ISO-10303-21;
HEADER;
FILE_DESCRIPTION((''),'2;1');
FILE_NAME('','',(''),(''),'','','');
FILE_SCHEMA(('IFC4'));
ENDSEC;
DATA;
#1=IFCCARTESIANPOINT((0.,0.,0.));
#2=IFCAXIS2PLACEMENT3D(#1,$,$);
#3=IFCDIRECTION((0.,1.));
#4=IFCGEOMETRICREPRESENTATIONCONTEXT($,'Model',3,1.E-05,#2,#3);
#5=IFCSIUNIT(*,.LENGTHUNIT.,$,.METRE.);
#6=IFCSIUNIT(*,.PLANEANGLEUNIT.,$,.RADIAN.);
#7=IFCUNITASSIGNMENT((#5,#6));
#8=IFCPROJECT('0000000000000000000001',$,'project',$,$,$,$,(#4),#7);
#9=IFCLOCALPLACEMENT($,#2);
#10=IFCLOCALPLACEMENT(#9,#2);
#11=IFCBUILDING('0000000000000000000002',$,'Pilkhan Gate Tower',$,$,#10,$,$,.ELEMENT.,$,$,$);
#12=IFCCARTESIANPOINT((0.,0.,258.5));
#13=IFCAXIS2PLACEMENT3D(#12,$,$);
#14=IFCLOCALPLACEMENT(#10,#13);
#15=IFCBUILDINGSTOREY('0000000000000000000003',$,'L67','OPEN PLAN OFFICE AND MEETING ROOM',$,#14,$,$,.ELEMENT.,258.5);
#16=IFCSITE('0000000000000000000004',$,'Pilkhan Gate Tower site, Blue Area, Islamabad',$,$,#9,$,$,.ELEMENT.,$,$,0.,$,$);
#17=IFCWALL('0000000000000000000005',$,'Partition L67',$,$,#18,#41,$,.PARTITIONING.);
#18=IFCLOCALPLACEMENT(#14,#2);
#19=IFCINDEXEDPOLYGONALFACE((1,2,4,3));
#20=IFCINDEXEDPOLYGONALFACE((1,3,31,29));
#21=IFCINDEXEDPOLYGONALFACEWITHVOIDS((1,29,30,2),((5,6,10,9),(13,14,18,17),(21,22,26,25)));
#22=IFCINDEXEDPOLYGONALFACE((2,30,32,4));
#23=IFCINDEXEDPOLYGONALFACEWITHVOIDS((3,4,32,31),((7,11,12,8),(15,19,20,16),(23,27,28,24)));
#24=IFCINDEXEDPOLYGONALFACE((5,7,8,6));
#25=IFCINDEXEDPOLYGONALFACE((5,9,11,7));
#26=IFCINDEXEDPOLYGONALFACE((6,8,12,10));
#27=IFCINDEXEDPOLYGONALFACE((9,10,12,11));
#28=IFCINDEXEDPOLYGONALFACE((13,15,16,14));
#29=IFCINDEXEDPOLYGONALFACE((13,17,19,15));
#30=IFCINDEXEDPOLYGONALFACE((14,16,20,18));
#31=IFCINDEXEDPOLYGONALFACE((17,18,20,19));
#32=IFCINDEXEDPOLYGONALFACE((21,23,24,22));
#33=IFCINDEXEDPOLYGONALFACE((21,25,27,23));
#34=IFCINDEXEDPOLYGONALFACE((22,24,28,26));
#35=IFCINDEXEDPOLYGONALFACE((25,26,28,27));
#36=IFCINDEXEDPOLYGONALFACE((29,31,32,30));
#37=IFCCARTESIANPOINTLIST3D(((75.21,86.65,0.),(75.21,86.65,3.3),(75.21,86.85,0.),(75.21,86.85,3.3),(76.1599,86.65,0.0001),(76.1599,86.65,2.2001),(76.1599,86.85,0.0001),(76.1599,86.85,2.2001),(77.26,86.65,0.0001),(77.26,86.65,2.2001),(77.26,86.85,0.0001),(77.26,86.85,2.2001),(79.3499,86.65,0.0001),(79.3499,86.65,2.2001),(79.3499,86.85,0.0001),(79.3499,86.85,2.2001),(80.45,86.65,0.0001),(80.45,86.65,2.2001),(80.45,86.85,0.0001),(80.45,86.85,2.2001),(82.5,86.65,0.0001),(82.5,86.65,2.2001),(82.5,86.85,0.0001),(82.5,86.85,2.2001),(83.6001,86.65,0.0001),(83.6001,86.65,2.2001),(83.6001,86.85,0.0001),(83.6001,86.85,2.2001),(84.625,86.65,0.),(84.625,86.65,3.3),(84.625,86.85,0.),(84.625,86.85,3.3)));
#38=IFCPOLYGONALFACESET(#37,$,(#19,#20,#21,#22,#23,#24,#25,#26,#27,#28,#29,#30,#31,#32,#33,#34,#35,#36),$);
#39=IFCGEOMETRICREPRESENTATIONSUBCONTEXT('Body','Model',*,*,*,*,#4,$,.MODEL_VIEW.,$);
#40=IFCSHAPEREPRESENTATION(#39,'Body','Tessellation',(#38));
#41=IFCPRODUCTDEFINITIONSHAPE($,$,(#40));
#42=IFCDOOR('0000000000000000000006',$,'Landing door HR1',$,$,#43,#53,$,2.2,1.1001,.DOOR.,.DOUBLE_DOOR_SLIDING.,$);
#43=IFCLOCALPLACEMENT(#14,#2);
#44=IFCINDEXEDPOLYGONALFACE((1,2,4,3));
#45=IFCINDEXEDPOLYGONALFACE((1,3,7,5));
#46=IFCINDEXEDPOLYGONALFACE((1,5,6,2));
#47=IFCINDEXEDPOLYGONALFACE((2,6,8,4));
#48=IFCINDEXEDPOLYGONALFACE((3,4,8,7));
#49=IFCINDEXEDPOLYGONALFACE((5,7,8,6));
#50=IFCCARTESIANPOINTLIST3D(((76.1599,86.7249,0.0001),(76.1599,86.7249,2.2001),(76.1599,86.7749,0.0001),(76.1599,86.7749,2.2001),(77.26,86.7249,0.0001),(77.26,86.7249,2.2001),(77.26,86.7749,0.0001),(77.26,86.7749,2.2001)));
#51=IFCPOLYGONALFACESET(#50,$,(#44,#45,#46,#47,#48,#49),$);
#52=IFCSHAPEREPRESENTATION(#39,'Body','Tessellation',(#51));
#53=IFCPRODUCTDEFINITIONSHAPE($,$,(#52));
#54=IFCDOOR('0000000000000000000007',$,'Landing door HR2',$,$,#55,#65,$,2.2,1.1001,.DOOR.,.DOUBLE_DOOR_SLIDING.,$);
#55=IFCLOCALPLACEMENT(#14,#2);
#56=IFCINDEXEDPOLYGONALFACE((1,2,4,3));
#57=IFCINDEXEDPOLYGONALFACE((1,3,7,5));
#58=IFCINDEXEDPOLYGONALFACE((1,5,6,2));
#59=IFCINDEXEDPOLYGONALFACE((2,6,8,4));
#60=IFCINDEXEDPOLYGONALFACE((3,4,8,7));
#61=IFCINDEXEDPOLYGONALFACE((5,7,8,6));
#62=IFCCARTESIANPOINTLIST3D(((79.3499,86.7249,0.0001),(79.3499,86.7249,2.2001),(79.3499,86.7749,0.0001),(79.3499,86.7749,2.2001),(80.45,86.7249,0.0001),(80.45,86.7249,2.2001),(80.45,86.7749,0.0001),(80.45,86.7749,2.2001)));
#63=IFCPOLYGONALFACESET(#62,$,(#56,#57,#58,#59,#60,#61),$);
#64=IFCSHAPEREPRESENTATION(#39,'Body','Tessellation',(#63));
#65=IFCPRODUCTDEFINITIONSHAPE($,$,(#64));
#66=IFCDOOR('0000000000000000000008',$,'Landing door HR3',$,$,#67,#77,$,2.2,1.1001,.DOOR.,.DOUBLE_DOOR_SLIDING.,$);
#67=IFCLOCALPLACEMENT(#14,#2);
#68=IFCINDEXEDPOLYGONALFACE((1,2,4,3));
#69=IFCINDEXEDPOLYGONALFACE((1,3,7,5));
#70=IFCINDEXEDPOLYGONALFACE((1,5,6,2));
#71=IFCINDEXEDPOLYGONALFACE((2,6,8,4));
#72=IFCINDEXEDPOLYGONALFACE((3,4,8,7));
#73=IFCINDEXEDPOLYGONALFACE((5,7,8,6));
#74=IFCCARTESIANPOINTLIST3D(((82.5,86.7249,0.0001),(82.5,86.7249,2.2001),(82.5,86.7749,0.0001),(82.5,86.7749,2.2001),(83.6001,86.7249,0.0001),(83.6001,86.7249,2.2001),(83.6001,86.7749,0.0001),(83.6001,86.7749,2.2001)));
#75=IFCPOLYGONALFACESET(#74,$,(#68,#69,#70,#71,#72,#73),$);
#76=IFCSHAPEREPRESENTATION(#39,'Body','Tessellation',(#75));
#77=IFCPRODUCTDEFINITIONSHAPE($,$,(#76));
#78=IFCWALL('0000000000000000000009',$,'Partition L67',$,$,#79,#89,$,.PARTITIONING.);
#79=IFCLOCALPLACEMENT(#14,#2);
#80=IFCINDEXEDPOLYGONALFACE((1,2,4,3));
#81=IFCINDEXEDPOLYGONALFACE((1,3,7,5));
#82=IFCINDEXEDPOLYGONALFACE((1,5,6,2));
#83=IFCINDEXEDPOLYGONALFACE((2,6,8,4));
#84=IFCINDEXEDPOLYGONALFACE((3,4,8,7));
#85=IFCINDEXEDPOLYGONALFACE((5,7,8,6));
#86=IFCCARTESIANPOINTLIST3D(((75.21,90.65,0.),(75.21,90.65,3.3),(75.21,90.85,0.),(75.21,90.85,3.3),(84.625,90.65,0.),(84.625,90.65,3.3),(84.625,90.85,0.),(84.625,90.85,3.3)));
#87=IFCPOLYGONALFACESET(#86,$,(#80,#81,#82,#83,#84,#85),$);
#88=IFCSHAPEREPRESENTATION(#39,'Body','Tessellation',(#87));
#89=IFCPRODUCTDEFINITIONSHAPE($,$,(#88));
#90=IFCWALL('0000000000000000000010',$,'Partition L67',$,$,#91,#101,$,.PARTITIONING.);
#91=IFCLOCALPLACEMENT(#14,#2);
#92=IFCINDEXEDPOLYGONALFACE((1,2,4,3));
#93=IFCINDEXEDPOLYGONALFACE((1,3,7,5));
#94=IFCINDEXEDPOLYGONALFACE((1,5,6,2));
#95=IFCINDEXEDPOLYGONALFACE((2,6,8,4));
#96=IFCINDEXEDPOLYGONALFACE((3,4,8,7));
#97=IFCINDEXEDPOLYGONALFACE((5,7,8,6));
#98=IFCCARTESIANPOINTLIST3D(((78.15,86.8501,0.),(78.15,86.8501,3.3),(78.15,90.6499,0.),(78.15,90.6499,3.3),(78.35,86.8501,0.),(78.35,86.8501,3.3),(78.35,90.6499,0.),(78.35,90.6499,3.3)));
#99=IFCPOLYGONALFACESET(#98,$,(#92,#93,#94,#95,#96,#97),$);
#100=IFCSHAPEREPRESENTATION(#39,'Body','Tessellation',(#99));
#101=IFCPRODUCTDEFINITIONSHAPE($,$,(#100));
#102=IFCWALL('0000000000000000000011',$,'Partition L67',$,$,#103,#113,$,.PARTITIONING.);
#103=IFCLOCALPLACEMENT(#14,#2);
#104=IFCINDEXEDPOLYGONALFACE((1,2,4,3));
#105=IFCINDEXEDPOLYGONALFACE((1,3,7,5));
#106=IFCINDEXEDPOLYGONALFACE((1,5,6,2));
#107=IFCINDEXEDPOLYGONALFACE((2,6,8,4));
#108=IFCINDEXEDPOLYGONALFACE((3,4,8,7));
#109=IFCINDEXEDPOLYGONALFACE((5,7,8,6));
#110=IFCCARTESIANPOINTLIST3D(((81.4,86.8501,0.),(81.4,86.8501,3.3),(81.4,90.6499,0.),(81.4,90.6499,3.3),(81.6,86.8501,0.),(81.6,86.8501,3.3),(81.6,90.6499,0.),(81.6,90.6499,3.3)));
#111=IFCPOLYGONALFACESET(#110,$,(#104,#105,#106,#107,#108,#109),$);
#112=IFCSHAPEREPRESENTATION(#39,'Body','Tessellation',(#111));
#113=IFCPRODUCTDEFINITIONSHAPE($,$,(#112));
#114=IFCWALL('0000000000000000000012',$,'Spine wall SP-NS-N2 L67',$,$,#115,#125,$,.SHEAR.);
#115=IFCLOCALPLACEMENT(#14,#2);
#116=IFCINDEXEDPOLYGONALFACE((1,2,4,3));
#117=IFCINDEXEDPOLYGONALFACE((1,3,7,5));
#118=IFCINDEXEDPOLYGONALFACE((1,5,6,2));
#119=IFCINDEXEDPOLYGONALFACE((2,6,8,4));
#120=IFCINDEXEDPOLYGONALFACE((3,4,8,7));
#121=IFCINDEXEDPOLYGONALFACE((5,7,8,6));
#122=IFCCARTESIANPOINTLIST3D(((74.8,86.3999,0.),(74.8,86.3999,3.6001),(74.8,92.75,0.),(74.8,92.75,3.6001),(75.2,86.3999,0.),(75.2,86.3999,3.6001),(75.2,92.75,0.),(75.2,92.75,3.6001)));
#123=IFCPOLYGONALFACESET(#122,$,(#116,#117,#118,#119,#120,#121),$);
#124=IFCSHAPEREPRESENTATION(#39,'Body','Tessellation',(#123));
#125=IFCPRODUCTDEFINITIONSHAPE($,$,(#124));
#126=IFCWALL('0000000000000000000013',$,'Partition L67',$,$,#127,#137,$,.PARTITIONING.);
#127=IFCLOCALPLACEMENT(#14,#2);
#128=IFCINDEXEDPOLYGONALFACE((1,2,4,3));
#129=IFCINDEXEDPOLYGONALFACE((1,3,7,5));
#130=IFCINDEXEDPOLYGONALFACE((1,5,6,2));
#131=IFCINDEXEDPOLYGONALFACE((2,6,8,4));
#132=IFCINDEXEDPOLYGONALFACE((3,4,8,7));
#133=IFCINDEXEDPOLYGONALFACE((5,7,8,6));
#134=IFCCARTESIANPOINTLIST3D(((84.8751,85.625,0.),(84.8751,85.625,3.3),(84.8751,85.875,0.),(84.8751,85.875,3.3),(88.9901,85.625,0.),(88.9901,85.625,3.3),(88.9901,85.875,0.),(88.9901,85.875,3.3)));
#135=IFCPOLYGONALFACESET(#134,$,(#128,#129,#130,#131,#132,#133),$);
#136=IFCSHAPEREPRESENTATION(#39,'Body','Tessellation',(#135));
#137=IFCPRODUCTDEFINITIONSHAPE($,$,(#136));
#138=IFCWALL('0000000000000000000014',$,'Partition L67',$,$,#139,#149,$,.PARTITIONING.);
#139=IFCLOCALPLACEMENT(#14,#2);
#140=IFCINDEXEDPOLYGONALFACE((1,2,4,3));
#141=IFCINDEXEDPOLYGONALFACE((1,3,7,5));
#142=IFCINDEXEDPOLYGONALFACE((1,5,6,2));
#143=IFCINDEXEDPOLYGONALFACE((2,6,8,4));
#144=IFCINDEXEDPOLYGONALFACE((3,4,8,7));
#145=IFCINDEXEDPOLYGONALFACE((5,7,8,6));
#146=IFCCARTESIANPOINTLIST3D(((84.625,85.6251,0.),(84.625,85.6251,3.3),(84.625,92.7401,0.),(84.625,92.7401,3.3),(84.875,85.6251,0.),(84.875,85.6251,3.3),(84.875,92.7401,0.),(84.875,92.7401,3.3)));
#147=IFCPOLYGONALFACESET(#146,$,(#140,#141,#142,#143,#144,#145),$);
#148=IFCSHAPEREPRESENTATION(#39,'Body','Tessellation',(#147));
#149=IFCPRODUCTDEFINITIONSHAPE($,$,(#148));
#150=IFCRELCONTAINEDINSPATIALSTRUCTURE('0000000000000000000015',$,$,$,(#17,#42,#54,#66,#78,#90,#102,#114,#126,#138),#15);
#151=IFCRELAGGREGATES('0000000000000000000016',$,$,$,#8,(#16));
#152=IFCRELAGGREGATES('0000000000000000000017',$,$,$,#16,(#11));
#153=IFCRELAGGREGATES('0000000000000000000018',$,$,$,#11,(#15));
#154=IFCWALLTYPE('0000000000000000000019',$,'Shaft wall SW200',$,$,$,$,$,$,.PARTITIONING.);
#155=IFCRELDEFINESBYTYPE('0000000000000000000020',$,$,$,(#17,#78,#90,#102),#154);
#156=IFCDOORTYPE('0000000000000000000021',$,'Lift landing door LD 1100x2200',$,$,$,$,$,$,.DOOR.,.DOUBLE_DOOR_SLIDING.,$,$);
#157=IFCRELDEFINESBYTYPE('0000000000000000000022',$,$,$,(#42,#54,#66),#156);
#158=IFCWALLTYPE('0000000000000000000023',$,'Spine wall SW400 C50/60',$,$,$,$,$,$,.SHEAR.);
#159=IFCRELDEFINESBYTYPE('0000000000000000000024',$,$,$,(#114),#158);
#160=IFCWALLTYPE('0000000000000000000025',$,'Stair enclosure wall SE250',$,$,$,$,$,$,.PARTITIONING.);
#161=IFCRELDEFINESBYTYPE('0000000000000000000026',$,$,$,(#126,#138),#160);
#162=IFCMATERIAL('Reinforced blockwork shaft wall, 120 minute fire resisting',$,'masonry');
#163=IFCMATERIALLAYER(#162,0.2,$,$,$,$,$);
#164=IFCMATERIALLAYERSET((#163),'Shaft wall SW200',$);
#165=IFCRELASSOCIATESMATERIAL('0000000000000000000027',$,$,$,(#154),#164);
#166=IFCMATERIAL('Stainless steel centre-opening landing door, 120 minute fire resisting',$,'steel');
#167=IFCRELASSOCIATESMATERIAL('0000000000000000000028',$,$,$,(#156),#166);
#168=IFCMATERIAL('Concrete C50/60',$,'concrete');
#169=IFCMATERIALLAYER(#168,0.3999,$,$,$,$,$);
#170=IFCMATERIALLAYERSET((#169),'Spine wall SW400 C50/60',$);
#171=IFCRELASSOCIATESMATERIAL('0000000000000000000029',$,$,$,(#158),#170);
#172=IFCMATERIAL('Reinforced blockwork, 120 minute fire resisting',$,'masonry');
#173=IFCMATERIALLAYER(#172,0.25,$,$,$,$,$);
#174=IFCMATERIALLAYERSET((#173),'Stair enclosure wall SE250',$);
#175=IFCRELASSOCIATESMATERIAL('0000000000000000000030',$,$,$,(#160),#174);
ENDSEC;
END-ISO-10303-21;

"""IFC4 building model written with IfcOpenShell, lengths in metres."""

from ifc_helpers import new_model, si_unit, direction, frame, frame_2d, origin, place, context, subcontext, project, spatial, rectangle, extrude, material, layer, layer_set, type_object, element, fill, save


model = new_model("IFC4")

# Units and contexts
model_context = context("Model", 3, precision=1e-05, world=origin(), true_north=direction((0.0, 1.0)))
body_context = subcontext(model_context, "Body", "Model", "MODEL_VIEW")
ifc_project = project(units=[si_unit("LENGTHUNIT", "METRE"), si_unit("PLANEANGLEUNIT", "RADIAN")], contexts=[model_context])

# Site, building, storey
site_placement = place(None, origin())
site = spatial("IfcSite", under=ifc_project, at=site_placement, Name="Pilkhan Gate Tower site, Blue Area, Islamabad", CompositionType="ELEMENT", RefElevation=0.0)
building_placement = place(site_placement, origin())
building = spatial("IfcBuilding", under=site, at=building_placement, Name="Pilkhan Gate Tower", CompositionType="ELEMENT")
storey_placement = place(building_placement, frame((0.0, 0.0, 258.5)))
storey = spatial("IfcBuildingStorey", under=building, at=storey_placement, Name="L67", Description="OPEN PLAN OFFICE AND MEETING ROOM", CompositionType="ELEMENT", Elevation=258.5)

# Shared definitions
ifc_material_1 = material(Name="Concrete C50/60", Category="concrete")

# Wall, openings, doors
ifc_material_2 = material(Name="Reinforced blockwork shaft wall, 120 minute fire resisting", Category="masonry")
ifc_layer_1 = layer(ifc_material_2, 0.2)
ifc_layer_set_1 = layer_set([ifc_layer_1], Name="Shaft wall SW200")
wall_type_1 = type_object("IfcWallType", Name="Shaft wall SW200", PredefinedType="PARTITIONING", material=ifc_layer_set_1)
wall_1_placement = place(storey_placement, frame((75.21, 86.75, 0.0), z_axis=(0.0, 0.0, 1.0), x_axis=(1.0, 0.0, 0.0)))
wall_1 = element("IfcWall", 1, at=wall_1_placement, inside=storey, type_object=wall_type_1, Name="Partition L67", PredefinedType="PARTITIONING", context=body_context, shape_type="SweptSolid", body=[
    extrude(rectangle(XDim=9.415, YDim=0.2, at=frame_2d((4.7075, 0.0))), origin(), (0.0, 0.0, 1.0), 3.3),
])
opening_1_placement = place(wall_1_placement, frame((0.95, 0.0, 0.0)))
opening_1 = element("IfcOpeningElement", 2, at=opening_1_placement, cuts=wall_1, PredefinedType="OPENING", context=body_context, shape_type="SweptSolid", body=[
    extrude(rectangle(XDim=1.1001, YDim=2.2, at=frame_2d((0.55, 1.1001))), frame((0.0, 0.1099, 0.0), z_axis=(0.0, -1.0, 0.0), x_axis=(1.0, 0.0, 0.0)), (0.0, 0.0, 1.0), 0.22),
])
opening_2_placement = place(wall_1_placement, frame((4.1399, 0.0, 0.0)))
opening_2 = element("IfcOpeningElement", 3, at=opening_2_placement, cuts=wall_1, PredefinedType="OPENING", context=body_context, shape_type="SweptSolid", body=[
    extrude(rectangle(XDim=1.1001, YDim=2.2, at=frame_2d((0.55, 1.1001))), frame((0.0, 0.1099, 0.0), z_axis=(0.0, -1.0, 0.0), x_axis=(1.0, 0.0, 0.0)), (0.0, 0.0, 1.0), 0.22),
])
opening_3_placement = place(wall_1_placement, frame((7.29, 0.0, 0.0)))
opening_3 = element("IfcOpeningElement", 4, at=opening_3_placement, cuts=wall_1, PredefinedType="OPENING", context=body_context, shape_type="SweptSolid", body=[
    extrude(rectangle(XDim=1.1001, YDim=2.2, at=frame_2d((0.55, 1.1001))), frame((0.0, 0.1099, 0.0), z_axis=(0.0, -1.0, 0.0), x_axis=(1.0, 0.0, 0.0)), (0.0, 0.0, 1.0), 0.22),
])
ifc_material_3 = material(Name="Stainless steel centre-opening landing door, 120 minute fire resisting", Category="steel")
door_type = type_object("IfcDoorType", Name="Lift landing door LD 1100x2200", OperationType="DOUBLE_DOOR_SLIDING", PredefinedType="DOOR", material=ifc_material_3)
door_1_placement = place(opening_1_placement, origin())
door_1 = element("IfcDoor", 5, at=door_1_placement, inside=storey, type_object=door_type, Name="Landing door HR1", OperationType="DOUBLE_DOOR_SLIDING", OverallHeight=2.2, OverallWidth=1.1001, PredefinedType="DOOR", context=body_context, shape_type="SweptSolid", body=[
    extrude(rectangle(XDim=1.1001, YDim=2.2, at=frame_2d((0.55, 1.1001))), frame((0.0, 0.0249, 0.0), z_axis=(0.0, -1.0, 0.0), x_axis=(1.0, 0.0, 0.0)), (0.0, 0.0, 1.0), 0.05),
])
fill(opening_1, door_1)
door_2_placement = place(opening_2_placement, origin())
door_2 = element("IfcDoor", 6, at=door_2_placement, inside=storey, type_object=door_type, Name="Landing door HR2", OperationType="DOUBLE_DOOR_SLIDING", OverallHeight=2.2, OverallWidth=1.1001, PredefinedType="DOOR", context=body_context, shape_type="SweptSolid", body=[
    extrude(rectangle(XDim=1.1001, YDim=2.2, at=frame_2d((0.55, 1.1001))), frame((0.0, 0.0249, 0.0), z_axis=(0.0, -1.0, 0.0), x_axis=(1.0, 0.0, 0.0)), (0.0, 0.0, 1.0), 0.05),
])
fill(opening_2, door_2)
door_3_placement = place(opening_3_placement, origin())
door_3 = element("IfcDoor", 7, at=door_3_placement, inside=storey, type_object=door_type, Name="Landing door HR3", OperationType="DOUBLE_DOOR_SLIDING", OverallHeight=2.2, OverallWidth=1.1001, PredefinedType="DOOR", context=body_context, shape_type="SweptSolid", body=[
    extrude(rectangle(XDim=1.1001, YDim=2.2, at=frame_2d((0.55, 1.1001))), frame((0.0, 0.0249, 0.0), z_axis=(0.0, -1.0, 0.0), x_axis=(1.0, 0.0, 0.0)), (0.0, 0.0, 1.0), 0.05),
])
fill(opening_3, door_3)

# Walls
wall_2_placement = place(storey_placement, frame((75.21, 90.75, 0.0), z_axis=(0.0, 0.0, 1.0), x_axis=(1.0, 0.0, 0.0)))
element("IfcWall", 8, at=wall_2_placement, inside=storey, type_object=wall_type_1, Name="Partition L67", PredefinedType="PARTITIONING", context=body_context, shape_type="SweptSolid", body=[
    extrude(rectangle(XDim=9.415, YDim=0.2, at=frame_2d((4.7075, 0.0))), origin(), (0.0, 0.0, 1.0), 3.3),
])
for number, where, z_axis, x_axis, name in (
    (9, (78.25, 86.8501, 0.0), (0.0, 0.0, 1.0), (0.0, 1.0, 0.0), "Partition L67"),
    (10, (81.5, 86.8501, 0.0), (0.0, 0.0, 1.0), (0.0, 1.0, 0.0), "Partition L67"),
):
    element("IfcWall", number, at=place(storey_placement, frame(where, z_axis=z_axis, x_axis=x_axis)), inside=storey, type_object=wall_type_1, Name=name, PredefinedType="PARTITIONING", context=body_context, shape_type="SweptSolid", body=[
        extrude(rectangle(XDim=3.7998, YDim=0.2, at=frame_2d((1.8999, 0.0))), origin(), (0.0, 0.0, 1.0), 3.3),
    ])
ifc_layer_2 = layer(ifc_material_1, 0.3999)
ifc_layer_set_2 = layer_set([ifc_layer_2], Name="Spine wall SW400 C50/60")
wall_type_2 = type_object("IfcWallType", Name="Spine wall SW400 C50/60", PredefinedType="SHEAR", material=ifc_layer_set_2)
wall_3_placement = place(storey_placement, frame((75.0, 86.3999, 0.0), z_axis=(0.0, 0.0, 1.0), x_axis=(0.0, 1.0, 0.0)))
element("IfcWall", 11, at=wall_3_placement, inside=storey, type_object=wall_type_2, Name="Spine wall SP-NS-N2 L67", PredefinedType="SHEAR", context=body_context, shape_type="SweptSolid", body=[
    extrude(rectangle(XDim=6.3501, YDim=0.3999, at=frame_2d((3.175, 0.0))), origin(), (0.0, 0.0, 1.0), 3.6001),
])
ifc_material_4 = material(Name="Reinforced blockwork, 120 minute fire resisting", Category="masonry")
ifc_layer_3 = layer(ifc_material_4, 0.25)
ifc_layer_set_3 = layer_set([ifc_layer_3], Name="Stair enclosure wall SE250")
wall_type_3 = type_object("IfcWallType", Name="Stair enclosure wall SE250", PredefinedType="PARTITIONING", material=ifc_layer_set_3)
wall_4_placement = place(storey_placement, frame((84.875, 85.75, 0.0), z_axis=(0.0, 0.0, 1.0), x_axis=(1.0, 0.0, 0.0)))
element("IfcWall", 12, at=wall_4_placement, inside=storey, type_object=wall_type_3, Name="Partition L67", PredefinedType="PARTITIONING", context=body_context, shape_type="SweptSolid", body=[
    extrude(rectangle(XDim=4.115, YDim=0.25, at=frame_2d((2.0576, 0.0))), origin(), (0.0, 0.0, 1.0), 3.3),
])
wall_5_placement = place(storey_placement, frame((84.75, 85.625, 0.0), z_axis=(0.0, 0.0, 1.0), x_axis=(0.0, 1.0, 0.0)))
element("IfcWall", 13, at=wall_5_placement, inside=storey, type_object=wall_type_3, Name="Partition L67", PredefinedType="PARTITIONING", context=body_context, shape_type="SweptSolid", body=[
    extrude(rectangle(XDim=7.115, YDim=0.25, at=frame_2d((3.5576, 0.0))), origin(), (0.0, 0.0, 1.0), 3.3),
])

save(model, "model.ifc")
